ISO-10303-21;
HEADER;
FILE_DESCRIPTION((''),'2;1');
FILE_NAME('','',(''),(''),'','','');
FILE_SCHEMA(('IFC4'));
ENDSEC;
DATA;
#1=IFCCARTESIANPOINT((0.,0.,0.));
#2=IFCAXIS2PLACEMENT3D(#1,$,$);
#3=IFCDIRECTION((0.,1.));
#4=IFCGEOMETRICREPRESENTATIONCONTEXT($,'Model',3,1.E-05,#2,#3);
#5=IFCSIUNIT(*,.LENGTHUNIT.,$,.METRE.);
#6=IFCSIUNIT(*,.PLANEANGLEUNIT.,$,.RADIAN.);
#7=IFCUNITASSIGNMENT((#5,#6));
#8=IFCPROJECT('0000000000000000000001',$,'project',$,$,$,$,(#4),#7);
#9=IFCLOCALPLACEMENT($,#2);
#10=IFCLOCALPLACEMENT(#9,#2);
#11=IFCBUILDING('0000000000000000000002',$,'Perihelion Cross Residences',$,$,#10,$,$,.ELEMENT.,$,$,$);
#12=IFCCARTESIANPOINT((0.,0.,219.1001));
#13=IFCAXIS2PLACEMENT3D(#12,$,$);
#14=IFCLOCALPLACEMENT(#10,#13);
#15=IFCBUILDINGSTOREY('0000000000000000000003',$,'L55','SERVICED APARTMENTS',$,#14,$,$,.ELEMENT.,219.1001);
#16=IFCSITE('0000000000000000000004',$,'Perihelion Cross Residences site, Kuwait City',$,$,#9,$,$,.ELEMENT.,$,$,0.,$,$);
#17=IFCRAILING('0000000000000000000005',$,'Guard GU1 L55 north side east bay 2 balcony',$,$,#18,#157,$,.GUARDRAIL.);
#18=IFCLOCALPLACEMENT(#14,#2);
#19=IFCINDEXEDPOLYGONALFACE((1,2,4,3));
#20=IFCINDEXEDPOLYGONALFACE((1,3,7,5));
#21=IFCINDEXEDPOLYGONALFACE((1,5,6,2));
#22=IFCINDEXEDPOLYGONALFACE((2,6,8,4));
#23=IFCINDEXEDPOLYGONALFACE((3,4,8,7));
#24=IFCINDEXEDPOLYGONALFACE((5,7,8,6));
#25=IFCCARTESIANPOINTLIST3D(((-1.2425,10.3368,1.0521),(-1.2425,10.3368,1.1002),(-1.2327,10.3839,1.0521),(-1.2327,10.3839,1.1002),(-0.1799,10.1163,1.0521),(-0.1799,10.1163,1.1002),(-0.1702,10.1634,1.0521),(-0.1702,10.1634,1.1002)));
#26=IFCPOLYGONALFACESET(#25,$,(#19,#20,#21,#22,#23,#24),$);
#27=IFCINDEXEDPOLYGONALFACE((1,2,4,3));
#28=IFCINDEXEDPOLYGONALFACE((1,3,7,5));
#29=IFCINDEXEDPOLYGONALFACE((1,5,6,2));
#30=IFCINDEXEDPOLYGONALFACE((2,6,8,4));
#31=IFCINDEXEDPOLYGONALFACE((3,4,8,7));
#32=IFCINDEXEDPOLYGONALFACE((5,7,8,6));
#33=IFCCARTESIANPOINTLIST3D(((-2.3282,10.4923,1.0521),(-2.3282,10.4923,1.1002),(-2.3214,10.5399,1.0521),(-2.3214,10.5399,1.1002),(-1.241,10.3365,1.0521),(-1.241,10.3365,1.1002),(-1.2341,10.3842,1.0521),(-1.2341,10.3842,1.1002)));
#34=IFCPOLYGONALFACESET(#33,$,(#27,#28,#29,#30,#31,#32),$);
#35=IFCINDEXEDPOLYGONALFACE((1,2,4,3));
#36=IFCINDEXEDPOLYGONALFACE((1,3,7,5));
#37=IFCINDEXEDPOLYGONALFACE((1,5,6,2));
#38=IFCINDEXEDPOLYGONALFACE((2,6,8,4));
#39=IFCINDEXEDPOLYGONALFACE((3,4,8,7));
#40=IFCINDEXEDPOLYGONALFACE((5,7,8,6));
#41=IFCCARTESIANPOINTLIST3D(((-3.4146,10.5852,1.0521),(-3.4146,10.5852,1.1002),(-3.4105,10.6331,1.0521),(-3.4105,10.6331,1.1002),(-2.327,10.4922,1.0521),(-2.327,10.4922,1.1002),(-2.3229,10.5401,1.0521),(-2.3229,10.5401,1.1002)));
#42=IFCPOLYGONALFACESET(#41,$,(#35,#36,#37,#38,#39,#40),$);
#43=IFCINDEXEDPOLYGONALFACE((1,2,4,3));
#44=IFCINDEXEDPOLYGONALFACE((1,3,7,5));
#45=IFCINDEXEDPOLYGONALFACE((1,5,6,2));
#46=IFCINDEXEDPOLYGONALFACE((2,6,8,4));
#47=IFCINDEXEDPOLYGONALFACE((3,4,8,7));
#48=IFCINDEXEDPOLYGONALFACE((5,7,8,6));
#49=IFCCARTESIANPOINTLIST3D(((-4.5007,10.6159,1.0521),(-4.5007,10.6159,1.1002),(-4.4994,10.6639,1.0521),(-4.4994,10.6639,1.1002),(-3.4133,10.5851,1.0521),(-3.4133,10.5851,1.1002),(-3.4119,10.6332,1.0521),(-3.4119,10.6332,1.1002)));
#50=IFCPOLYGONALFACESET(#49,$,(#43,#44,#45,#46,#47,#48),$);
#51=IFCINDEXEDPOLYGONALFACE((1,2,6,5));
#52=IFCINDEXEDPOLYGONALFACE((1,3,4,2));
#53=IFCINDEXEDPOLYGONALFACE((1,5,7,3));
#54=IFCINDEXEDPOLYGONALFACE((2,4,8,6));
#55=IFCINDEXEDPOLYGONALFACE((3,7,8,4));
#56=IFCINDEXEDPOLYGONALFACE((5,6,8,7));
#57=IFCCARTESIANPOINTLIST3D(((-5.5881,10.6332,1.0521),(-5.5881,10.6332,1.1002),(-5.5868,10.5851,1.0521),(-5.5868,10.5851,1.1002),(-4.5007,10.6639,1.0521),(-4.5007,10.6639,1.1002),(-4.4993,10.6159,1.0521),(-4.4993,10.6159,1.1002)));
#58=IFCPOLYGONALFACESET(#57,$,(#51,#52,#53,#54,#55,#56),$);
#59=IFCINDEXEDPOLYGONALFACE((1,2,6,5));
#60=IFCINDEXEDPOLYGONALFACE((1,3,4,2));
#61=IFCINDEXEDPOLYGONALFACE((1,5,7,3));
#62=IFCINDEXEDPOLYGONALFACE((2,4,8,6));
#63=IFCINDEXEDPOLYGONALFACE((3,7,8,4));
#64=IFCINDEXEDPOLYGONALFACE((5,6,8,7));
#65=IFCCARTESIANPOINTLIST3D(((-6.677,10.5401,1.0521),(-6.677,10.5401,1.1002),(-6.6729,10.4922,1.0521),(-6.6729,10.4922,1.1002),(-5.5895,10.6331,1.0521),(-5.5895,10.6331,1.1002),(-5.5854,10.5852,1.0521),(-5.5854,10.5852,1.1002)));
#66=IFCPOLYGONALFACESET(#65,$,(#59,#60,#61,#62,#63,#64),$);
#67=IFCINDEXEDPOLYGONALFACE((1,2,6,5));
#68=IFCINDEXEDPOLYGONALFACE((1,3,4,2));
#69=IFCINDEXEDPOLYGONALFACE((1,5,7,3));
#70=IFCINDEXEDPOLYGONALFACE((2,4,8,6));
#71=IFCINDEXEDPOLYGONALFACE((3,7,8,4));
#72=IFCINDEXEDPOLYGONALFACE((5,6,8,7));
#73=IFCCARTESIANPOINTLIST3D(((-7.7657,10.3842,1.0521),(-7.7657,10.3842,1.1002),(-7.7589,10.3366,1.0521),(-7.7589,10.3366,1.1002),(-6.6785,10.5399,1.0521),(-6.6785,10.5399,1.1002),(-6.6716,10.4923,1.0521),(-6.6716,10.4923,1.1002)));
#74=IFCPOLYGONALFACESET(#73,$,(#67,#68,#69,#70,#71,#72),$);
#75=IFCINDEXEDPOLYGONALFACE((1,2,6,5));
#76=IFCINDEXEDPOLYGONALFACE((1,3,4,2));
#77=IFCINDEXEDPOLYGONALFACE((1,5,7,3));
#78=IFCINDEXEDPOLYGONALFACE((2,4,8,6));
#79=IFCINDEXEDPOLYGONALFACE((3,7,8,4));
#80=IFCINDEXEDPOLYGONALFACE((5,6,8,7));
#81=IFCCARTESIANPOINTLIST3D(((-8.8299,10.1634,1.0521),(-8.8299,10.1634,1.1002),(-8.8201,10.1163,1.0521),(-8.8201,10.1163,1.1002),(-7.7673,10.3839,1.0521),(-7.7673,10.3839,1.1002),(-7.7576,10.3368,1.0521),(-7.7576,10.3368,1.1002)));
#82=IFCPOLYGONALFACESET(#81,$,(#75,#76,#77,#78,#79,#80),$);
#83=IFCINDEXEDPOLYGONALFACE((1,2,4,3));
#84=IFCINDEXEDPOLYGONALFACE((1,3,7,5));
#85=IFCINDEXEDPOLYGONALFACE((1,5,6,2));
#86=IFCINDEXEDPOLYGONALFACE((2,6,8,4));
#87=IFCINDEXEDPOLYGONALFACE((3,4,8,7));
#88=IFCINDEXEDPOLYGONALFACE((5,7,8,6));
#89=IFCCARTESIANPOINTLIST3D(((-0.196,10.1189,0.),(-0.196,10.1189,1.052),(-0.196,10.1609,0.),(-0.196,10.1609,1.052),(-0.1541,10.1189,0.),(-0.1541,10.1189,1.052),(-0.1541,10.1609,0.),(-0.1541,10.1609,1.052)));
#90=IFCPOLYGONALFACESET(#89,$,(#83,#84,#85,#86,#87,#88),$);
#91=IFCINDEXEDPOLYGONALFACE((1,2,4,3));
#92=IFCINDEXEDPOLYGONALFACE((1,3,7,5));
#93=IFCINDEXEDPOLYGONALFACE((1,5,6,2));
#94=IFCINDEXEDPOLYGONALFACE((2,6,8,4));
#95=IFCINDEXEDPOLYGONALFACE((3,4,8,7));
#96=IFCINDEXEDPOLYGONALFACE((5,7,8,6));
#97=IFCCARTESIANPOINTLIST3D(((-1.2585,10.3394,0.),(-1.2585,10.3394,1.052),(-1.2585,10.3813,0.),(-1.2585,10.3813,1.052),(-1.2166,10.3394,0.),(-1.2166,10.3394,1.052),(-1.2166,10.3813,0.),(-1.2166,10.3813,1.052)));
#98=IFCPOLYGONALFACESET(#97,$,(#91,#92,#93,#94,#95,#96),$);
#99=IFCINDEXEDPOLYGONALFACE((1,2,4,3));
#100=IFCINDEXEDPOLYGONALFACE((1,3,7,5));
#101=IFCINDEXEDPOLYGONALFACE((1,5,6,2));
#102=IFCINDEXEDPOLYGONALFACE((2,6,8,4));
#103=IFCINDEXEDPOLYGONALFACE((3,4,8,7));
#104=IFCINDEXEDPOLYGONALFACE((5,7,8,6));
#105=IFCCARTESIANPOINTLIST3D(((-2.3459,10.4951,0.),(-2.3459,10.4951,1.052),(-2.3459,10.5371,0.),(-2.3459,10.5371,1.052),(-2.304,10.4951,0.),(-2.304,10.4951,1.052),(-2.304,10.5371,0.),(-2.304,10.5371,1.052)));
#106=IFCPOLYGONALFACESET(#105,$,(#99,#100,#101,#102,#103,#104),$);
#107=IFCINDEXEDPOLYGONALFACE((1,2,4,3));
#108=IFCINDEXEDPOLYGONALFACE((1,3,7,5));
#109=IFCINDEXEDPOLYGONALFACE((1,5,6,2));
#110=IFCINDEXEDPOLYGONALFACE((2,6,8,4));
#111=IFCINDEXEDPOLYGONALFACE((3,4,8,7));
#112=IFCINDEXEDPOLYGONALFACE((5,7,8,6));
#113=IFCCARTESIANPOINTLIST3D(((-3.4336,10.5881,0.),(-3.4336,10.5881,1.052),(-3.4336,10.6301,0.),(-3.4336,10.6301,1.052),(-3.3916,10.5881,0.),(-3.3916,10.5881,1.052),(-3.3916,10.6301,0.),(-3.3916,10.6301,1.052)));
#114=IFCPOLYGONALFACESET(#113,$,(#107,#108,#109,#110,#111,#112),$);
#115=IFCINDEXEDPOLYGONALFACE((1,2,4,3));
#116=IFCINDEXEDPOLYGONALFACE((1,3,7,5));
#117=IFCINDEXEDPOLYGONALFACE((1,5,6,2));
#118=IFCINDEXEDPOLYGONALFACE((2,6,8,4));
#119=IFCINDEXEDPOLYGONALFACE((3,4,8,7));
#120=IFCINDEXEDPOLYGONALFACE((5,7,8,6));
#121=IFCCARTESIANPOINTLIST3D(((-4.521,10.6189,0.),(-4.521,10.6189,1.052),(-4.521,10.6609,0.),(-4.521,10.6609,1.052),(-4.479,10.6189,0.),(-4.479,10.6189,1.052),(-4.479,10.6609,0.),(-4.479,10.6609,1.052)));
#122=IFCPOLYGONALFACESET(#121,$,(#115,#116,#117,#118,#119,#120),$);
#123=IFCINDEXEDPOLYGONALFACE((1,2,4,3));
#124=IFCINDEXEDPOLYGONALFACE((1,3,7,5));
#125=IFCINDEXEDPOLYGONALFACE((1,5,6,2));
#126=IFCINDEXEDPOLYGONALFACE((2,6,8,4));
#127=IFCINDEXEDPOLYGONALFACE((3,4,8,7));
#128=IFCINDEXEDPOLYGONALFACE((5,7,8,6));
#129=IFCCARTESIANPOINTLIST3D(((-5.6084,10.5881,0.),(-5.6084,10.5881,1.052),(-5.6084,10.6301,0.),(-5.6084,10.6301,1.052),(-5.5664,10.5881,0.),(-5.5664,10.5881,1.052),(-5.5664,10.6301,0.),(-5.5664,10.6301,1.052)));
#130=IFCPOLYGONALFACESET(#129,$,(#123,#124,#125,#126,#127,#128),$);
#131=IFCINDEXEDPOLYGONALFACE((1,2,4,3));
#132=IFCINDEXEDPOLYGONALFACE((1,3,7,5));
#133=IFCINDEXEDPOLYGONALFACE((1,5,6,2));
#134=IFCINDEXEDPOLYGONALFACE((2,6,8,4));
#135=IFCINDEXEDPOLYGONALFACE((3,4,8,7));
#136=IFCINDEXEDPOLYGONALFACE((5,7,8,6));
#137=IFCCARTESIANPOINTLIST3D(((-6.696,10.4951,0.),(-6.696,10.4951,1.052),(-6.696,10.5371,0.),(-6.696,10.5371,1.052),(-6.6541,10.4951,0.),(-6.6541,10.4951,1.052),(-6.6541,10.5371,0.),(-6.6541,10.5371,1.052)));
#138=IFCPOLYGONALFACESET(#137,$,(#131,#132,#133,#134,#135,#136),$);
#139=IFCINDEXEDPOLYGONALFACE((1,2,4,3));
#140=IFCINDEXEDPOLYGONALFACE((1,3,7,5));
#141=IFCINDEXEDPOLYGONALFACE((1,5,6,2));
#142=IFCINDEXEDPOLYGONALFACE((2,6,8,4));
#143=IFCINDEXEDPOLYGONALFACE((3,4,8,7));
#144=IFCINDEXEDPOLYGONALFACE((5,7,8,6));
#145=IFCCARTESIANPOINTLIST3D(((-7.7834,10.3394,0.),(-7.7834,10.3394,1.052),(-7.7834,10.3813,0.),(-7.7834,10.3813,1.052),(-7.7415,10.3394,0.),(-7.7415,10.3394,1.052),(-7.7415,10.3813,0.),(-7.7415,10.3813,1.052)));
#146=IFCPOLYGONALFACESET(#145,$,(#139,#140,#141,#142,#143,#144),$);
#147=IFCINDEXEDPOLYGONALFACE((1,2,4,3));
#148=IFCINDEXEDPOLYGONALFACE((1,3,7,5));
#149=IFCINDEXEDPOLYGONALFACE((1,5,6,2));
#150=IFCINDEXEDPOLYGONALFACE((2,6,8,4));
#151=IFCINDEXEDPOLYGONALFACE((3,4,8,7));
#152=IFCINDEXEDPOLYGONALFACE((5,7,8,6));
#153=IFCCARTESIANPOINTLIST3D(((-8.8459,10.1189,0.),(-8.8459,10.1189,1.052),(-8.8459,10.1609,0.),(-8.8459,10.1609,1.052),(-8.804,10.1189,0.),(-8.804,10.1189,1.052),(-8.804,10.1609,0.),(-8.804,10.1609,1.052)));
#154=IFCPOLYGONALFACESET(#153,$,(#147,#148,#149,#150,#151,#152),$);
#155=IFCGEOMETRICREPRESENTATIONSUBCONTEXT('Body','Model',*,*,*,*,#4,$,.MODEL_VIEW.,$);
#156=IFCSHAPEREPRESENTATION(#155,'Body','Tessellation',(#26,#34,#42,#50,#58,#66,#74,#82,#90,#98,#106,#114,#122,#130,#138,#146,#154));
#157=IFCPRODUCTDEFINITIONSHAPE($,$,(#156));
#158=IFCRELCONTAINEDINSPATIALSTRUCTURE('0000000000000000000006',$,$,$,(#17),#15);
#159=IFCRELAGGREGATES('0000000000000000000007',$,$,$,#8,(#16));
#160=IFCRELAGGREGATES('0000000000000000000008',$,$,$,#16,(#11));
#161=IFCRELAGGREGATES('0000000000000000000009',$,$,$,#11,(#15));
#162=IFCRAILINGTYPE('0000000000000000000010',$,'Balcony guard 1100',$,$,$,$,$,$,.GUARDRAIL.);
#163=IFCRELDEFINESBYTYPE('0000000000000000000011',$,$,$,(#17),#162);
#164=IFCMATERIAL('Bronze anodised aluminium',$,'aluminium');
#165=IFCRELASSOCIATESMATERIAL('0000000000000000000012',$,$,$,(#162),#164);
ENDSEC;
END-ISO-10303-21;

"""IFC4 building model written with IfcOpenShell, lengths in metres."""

from ifc_helpers import new_model, si_unit, direction, frame, origin, origin_2d, place, context, subcontext, project, spatial, rectangle, extrude, material, type_object, element, save


model = new_model("IFC4")

# Units and contexts
model_context = context("Model", 3, precision=1e-05, world=origin(), true_north=direction((0.0, 1.0)))
body_context = subcontext(model_context, "Body", "Model", "MODEL_VIEW")
ifc_project = project(units=[si_unit("LENGTHUNIT", "METRE"), si_unit("PLANEANGLEUNIT", "RADIAN")], contexts=[model_context])

# Site, building, storey
site_placement = place(None, origin())
site = spatial("IfcSite", under=ifc_project, at=site_placement, Name="Perihelion Cross Residences site, Kuwait City", CompositionType="ELEMENT", RefElevation=0.0)
building_placement = place(site_placement, origin())
building = spatial("IfcBuilding", under=site, at=building_placement, Name="Perihelion Cross Residences", CompositionType="ELEMENT")
storey_placement = place(building_placement, frame((0.0, 0.0, 219.1001)))
storey = spatial("IfcBuildingStorey", under=building, at=storey_placement, Name="L55", Description="SERVICED APARTMENTS", CompositionType="ELEMENT", Elevation=219.1001)

# Railing
ifc_material_1 = material(Name="Bronze anodised aluminium", Category="aluminium")
railing_type = type_object("IfcRailingType", Name="Balcony guard 1100", PredefinedType="GUARDRAIL", material=ifc_material_1)
railing_1_placement = place(storey_placement, frame((-0.175, 10.1399, 0.0)))
element("IfcRailing", 1, at=railing_1_placement, inside=storey, type_object=railing_type, Name="Guard GU1 L55 north side east bay 2 balcony", PredefinedType="GUARDRAIL", context=body_context, shape_type="SweptSolid", body=[
    extrude(rectangle(XDim=0.0481, YDim=0.0481, at=origin_2d()), frame((0.0, 0.0, 1.0762), z_axis=(-0.979145, 0.203164, 0.0), x_axis=(-0.203164, -0.979145, 0.0)), (0.0, 0.0, 1.0), 1.0852),
    extrude(rectangle(XDim=0.0481, YDim=0.0481, at=origin_2d()), frame((-1.0625, 0.2205, 1.0762), z_axis=(-0.989896, 0.141795, 0.0), x_axis=(-0.141795, -0.989896, 0.0)), (0.0, 0.0, 1.0), 1.0984),
    extrude(rectangle(XDim=0.0481, YDim=0.0481, at=origin_2d()), frame((-2.1499, 0.3762, 1.0762), z_axis=(-0.996363, 0.085211, 0.0), x_axis=(-0.085211, -0.996363, 0.0)), (0.0, 0.0, 1.0), 1.0916),
    extrude(rectangle(XDim=0.0481, YDim=0.0481, at=origin_2d()), frame((-3.2375, 0.4692, 1.0762), z_axis=(-0.9996, 0.028278, 0.0), x_axis=(-0.028278, -0.9996, 0.0)), (0.0, 0.0, 1.0), 1.0879),
    extrude(rectangle(XDim=0.0481, YDim=0.0481, at=origin_2d()), frame((-4.325, 0.5, 1.0762), z_axis=(-0.9996, -0.028278, 0.0), x_axis=(0.028278, -0.9996, 0.0)), (0.0, 0.0, 1.0), 1.0879),
    extrude(rectangle(XDim=0.0481, YDim=0.0481, at=origin_2d()), frame((-5.4124, 0.4692, 1.0762), z_axis=(-0.996363, -0.085211, 0.0), x_axis=(0.085211, -0.996363, 0.0)), (0.0, 0.0, 1.0), 1.0916),
    extrude(rectangle(XDim=0.0481, YDim=0.0481, at=origin_2d()), frame((-6.5, 0.3762, 1.0762), z_axis=(-0.989896, -0.141795, 0.0), x_axis=(0.141795, -0.989896, 0.0)), (0.0, 0.0, 1.0), 1.0984),
    extrude(rectangle(XDim=0.0481, YDim=0.0481, at=origin_2d()), frame((-7.5874, 0.2205, 1.0762), z_axis=(-0.979145, -0.203164, 0.0), x_axis=(0.203164, -0.979145, 0.0)), (0.0, 0.0, 1.0), 1.0852),
    extrude(rectangle(XDim=0.042, YDim=0.042, at=origin_2d()), origin(), (0.0, 0.0, 1.0), 1.052),
    extrude(rectangle(XDim=0.042, YDim=0.042, at=origin_2d()), frame((-1.0625, 0.2205, 0.0)), (0.0, 0.0, 1.0), 1.052),
    extrude(rectangle(XDim=0.042, YDim=0.042, at=origin_2d()), frame((-2.1499, 0.3762, 0.0)), (0.0, 0.0, 1.0), 1.052),
    extrude(rectangle(XDim=0.042, YDim=0.042, at=origin_2d()), frame((-3.2375, 0.4692, 0.0)), (0.0, 0.0, 1.0), 1.052),
    extrude(rectangle(XDim=0.042, YDim=0.042, at=origin_2d()), frame((-4.325, 0.5, 0.0)), (0.0, 0.0, 1.0), 1.052),
    extrude(rectangle(XDim=0.042, YDim=0.042, at=origin_2d()), frame((-5.4124, 0.4692, 0.0)), (0.0, 0.0, 1.0), 1.052),
    extrude(rectangle(XDim=0.042, YDim=0.042, at=origin_2d()), frame((-6.5, 0.3762, 0.0)), (0.0, 0.0, 1.0), 1.052),
    extrude(rectangle(XDim=0.042, YDim=0.042, at=origin_2d()), frame((-7.5874, 0.2205, 0.0)), (0.0, 0.0, 1.0), 1.052),
    extrude(rectangle(XDim=0.042, YDim=0.042, at=origin_2d()), frame((-8.6499, 0.0, 0.0)), (0.0, 0.0, 1.0), 1.052),
])

save(model, "model.ifc")
